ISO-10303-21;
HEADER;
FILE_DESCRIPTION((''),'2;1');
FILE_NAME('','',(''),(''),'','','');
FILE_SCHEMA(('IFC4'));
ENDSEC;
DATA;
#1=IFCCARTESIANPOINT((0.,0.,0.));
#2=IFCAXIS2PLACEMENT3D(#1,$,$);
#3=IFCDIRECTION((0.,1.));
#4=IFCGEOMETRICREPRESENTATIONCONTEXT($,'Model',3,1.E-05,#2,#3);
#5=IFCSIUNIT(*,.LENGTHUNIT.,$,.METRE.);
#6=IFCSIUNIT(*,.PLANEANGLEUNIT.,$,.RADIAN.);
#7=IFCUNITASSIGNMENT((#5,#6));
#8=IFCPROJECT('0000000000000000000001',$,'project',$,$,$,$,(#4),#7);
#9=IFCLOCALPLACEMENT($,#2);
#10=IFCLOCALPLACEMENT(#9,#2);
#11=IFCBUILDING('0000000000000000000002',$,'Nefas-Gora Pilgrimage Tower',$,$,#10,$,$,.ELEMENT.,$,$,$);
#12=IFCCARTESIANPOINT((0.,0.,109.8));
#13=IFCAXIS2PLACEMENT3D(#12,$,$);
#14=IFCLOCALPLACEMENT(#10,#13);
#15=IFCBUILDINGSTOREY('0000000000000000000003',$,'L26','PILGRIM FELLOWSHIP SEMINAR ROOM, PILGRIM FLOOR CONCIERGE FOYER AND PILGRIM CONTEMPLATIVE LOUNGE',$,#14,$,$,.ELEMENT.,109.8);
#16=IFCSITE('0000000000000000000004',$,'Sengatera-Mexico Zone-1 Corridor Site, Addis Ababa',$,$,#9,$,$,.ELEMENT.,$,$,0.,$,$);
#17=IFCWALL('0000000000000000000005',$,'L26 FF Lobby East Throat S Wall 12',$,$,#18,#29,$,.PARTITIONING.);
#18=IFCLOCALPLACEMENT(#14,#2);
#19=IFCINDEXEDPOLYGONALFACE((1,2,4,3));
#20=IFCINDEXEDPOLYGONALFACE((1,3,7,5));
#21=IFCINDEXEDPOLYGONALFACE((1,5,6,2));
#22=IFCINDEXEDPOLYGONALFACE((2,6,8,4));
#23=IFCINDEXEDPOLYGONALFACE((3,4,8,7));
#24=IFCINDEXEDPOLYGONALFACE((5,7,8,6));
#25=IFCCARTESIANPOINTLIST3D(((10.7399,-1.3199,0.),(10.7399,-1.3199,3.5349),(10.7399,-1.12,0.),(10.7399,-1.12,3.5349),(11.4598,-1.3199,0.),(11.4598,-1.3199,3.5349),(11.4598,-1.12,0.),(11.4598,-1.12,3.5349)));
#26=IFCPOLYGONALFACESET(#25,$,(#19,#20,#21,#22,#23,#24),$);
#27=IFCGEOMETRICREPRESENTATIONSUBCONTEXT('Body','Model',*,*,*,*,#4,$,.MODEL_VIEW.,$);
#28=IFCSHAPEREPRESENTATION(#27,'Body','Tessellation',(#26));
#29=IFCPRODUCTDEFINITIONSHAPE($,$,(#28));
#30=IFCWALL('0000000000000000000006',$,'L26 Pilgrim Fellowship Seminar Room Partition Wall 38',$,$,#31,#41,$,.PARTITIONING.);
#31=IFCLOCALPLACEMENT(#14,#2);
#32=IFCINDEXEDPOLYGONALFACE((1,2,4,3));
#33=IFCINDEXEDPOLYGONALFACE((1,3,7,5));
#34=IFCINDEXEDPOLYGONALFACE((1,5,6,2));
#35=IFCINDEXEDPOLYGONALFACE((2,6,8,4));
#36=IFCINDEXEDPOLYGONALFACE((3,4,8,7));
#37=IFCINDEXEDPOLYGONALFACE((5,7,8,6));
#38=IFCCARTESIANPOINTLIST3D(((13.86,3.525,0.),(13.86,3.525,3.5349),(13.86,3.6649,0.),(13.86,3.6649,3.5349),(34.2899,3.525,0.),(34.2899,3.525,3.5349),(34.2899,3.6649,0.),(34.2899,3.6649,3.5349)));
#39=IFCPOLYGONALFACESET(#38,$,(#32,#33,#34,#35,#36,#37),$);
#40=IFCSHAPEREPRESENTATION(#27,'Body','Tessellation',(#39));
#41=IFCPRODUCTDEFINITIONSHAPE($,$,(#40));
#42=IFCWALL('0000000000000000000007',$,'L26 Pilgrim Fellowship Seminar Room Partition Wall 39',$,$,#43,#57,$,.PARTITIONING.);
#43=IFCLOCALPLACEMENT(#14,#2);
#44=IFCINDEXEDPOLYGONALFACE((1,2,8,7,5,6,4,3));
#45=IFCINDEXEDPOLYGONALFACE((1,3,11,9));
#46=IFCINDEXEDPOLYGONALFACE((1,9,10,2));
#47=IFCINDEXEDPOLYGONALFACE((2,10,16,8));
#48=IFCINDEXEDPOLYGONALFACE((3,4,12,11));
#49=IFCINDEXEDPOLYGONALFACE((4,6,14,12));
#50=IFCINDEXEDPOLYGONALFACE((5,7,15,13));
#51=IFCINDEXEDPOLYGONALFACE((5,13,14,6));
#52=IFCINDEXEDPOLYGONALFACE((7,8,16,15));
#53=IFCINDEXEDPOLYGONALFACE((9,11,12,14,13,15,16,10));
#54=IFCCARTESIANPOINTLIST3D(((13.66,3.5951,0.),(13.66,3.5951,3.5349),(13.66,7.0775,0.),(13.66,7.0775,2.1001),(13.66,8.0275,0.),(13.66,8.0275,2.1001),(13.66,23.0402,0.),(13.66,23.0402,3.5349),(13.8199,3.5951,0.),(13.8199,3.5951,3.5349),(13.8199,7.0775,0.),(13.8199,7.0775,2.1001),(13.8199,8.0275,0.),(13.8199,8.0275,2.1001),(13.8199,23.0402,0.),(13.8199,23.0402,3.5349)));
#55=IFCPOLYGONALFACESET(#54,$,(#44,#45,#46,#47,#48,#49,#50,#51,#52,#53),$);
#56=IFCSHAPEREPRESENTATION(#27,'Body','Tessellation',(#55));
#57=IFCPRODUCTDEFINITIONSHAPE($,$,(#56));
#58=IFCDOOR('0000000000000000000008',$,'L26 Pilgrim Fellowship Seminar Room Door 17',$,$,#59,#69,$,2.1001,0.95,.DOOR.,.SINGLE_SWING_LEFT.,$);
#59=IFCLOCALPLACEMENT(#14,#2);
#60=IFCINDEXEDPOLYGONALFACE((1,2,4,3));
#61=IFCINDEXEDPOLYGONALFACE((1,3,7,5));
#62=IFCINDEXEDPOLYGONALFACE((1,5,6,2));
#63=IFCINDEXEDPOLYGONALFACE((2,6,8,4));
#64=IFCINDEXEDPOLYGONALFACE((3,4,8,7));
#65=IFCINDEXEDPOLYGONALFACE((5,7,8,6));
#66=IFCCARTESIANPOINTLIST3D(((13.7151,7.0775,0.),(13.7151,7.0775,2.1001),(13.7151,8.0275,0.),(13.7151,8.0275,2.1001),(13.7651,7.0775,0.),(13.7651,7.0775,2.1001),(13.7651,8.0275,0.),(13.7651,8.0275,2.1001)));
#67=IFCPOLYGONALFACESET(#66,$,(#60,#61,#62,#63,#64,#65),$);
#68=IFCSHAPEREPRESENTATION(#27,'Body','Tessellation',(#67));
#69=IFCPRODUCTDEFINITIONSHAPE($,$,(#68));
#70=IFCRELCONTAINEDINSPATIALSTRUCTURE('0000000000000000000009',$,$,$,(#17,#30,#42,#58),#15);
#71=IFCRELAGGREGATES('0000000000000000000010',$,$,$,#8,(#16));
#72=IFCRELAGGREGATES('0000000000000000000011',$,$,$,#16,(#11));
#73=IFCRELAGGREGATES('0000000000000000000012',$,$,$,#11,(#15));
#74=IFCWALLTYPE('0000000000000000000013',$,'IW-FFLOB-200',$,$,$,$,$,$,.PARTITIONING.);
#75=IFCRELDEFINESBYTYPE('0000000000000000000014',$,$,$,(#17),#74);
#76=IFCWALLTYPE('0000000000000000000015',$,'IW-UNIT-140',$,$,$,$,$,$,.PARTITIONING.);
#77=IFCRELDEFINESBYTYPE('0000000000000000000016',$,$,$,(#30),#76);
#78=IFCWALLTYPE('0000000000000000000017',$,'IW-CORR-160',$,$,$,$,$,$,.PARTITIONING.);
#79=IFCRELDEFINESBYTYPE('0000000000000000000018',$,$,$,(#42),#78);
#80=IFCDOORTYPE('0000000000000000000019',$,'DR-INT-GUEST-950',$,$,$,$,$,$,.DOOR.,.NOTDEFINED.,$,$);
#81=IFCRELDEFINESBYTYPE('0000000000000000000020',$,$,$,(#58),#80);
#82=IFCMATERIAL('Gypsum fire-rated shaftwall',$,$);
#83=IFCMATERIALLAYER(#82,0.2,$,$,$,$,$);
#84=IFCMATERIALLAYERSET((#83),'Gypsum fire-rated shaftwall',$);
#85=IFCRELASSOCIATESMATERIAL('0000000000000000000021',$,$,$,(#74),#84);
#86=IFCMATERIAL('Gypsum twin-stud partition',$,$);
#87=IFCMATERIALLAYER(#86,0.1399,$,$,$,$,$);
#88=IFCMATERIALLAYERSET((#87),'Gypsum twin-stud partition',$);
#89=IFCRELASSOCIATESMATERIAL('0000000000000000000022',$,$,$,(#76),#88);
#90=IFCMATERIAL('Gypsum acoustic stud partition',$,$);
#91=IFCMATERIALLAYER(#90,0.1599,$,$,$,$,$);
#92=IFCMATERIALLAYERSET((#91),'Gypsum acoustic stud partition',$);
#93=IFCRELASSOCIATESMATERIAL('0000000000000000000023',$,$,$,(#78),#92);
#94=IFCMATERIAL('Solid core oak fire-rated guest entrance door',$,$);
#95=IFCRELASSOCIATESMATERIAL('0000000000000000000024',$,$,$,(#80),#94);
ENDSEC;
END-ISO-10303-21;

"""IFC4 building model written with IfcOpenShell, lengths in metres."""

from ifc_helpers import new_model, si_unit, direction, frame, frame_2d, origin, place, context, subcontext, project, spatial, rectangle, extrude, source, transform, mapped, material, layer, layer_set, type_object, element, fill, save


model = new_model("IFC4")

# Units and contexts
model_context = context("Model", 3, precision=1e-05, world=origin(), true_north=direction((0.0, 1.0)))
body_context = subcontext(model_context, "Body", "Model", "MODEL_VIEW")
ifc_project = project(units=[si_unit("LENGTHUNIT", "METRE"), si_unit("PLANEANGLEUNIT", "RADIAN")], contexts=[model_context])

# Site, building, storey
site_placement = place(None, origin())
site = spatial("IfcSite", under=ifc_project, at=site_placement, Name="Sengatera-Mexico Zone-1 Corridor Site, Addis Ababa", CompositionType="ELEMENT", RefElevation=0.0)
building_placement = place(site_placement, origin())
building = spatial("IfcBuilding", under=site, at=building_placement, Name="Nefas-Gora Pilgrimage Tower", CompositionType="ELEMENT")
storey_placement = place(building_placement, frame((0.0, 0.0, 109.8)))
storey = spatial("IfcBuildingStorey", under=building, at=storey_placement, Name="L26", Description="PILGRIM FELLOWSHIP SEMINAR ROOM, PILGRIM FLOOR CONCIERGE FOYER AND PILGRIM CONTEMPLATIVE LOUNGE", CompositionType="ELEMENT", Elevation=109.8)

# Shared definitions
ifc_material_1 = material(Name="Gypsum fire-rated shaftwall")
ifc_layer_1 = layer(ifc_material_1, 0.2)
ifc_layer_set_1 = layer_set([ifc_layer_1], Name="Gypsum fire-rated shaftwall")
wall_type_1 = type_object("IfcWallType", Name="IW-FFLOB-200", PredefinedType="PARTITIONING", material=ifc_layer_set_1)

# Walls
shared_shape_1 = source(origin(), body_context, "Body", "SweptSolid", [
    extrude(rectangle(XDim=0.72, YDim=0.2, at=frame_2d((0.3599, 0.0))), origin(), (0.0, 0.0, 1.0), 3.5349),
])
wall_1_placement = place(storey_placement, frame((10.74, -1.22, 0.0), z_axis=(0.0, 0.0, 1.0), x_axis=(1.0, 0.0, 0.0)))
element("IfcWall", 1, at=wall_1_placement, inside=storey, type_object=wall_type_1, Name="L26 FF Lobby East Throat S Wall 12", PredefinedType="PARTITIONING", context=body_context, shape_type="MappedRepresentation", body=[
    mapped(shared_shape_1, transform((0.0, 0.0, 0.0), x_axis=(1.0, 0.0, 0.0), y_axis=(0.0, 1.0, 0.0), z_axis=(0.0, 0.0, 1.0), scale=1.0)),
])
ifc_material_2 = material(Name="Gypsum twin-stud partition")
ifc_layer_2 = layer(ifc_material_2, 0.1399)
ifc_layer_set_2 = layer_set([ifc_layer_2], Name="Gypsum twin-stud partition")
wall_type_2 = type_object("IfcWallType", Name="IW-UNIT-140", PredefinedType="PARTITIONING", material=ifc_layer_set_2)
shared_shape_2 = source(origin(), body_context, "Body", "SweptSolid", [
    extrude(rectangle(XDim=20.4299, YDim=0.1399, at=frame_2d((10.2148, 0.0))), origin(), (0.0, 0.0, 1.0), 3.5349),
])
wall_2_placement = place(storey_placement, frame((13.8601, 3.595, 0.0), z_axis=(0.0, 0.0, 1.0), x_axis=(1.0, 0.0, 0.0)))
element("IfcWall", 2, at=wall_2_placement, inside=storey, type_object=wall_type_2, Name="L26 Pilgrim Fellowship Seminar Room Partition Wall 38", PredefinedType="PARTITIONING", context=body_context, shape_type="MappedRepresentation", body=[
    mapped(shared_shape_2, transform((0.0, 0.0, 0.0), x_axis=(1.0, 0.0, 0.0), y_axis=(0.0, 1.0, 0.0), z_axis=(0.0, 0.0, 1.0), scale=1.0)),
])

# Wall, opening, door
ifc_material_3 = material(Name="Gypsum acoustic stud partition")
ifc_layer_3 = layer(ifc_material_3, 0.1599)
ifc_layer_set_3 = layer_set([ifc_layer_3], Name="Gypsum acoustic stud partition")
wall_type_3 = type_object("IfcWallType", Name="IW-CORR-160", PredefinedType="PARTITIONING", material=ifc_layer_set_3)
shared_shape_3 = source(origin(), body_context, "Body", "SweptSolid", [
    extrude(rectangle(XDim=19.4451, YDim=0.1599, at=frame_2d((9.7227, 0.0))), origin(), (0.0, 0.0, 1.0), 3.5349),
])
wall_3_placement = place(storey_placement, frame((13.74, 3.595, 0.0), z_axis=(0.0, 0.0, 1.0), x_axis=(0.0, 1.0, 0.0)))
wall_3 = element("IfcWall", 3, at=wall_3_placement, inside=storey, type_object=wall_type_3, Name="L26 Pilgrim Fellowship Seminar Room Partition Wall 39", PredefinedType="PARTITIONING", context=body_context, shape_type="MappedRepresentation", body=[
    mapped(shared_shape_3, transform((0.0, 0.0, 0.0), x_axis=(1.0, 0.0, 0.0), y_axis=(0.0, 1.0, 0.0), z_axis=(0.0, 0.0, 1.0), scale=1.0)),
])
opening_1_placement = place(wall_3_placement, frame((3.4824, 0.0, 0.0)))
opening_1 = element("IfcOpeningElement", 4, at=opening_1_placement, cuts=wall_3, PredefinedType="OPENING", context=body_context, shape_type="SweptSolid", body=[
    extrude(rectangle(XDim=0.95, YDim=2.1001, at=frame_2d((0.4751, 1.05))), frame((0.0, 0.0898, 0.0), z_axis=(0.0, -1.0, 0.0), x_axis=(1.0, 0.0, 0.0)), (0.0, 0.0, 1.0), 0.1799),
])
ifc_material_4 = material(Name="Solid core oak fire-rated guest entrance door")
door_type_1 = type_object("IfcDoorType", Name="DR-INT-GUEST-950", OperationType="NOTDEFINED", PredefinedType="DOOR", material=ifc_material_4)
shared_shape_4 = source(origin(), body_context, "Body", "SweptSolid", [
    extrude(rectangle(XDim=0.95, YDim=2.1001, at=frame_2d((0.4751, 1.05))), frame((0.0, 0.0249, 0.0), z_axis=(0.0, -1.0, 0.0), x_axis=(1.0, 0.0, 0.0)), (0.0, 0.0, 1.0), 0.05),
])
door_1_placement = place(opening_1_placement, origin())
door_1 = element("IfcDoor", 5, at=door_1_placement, inside=storey, type_object=door_type_1, Name="L26 Pilgrim Fellowship Seminar Room Door 17", OperationType="SINGLE_SWING_LEFT", OverallHeight=2.1001, OverallWidth=0.95, PredefinedType="DOOR", context=body_context, shape_type="MappedRepresentation", body=[
    mapped(shared_shape_4, transform((0.0, 0.0, 0.0), x_axis=(1.0, 0.0, 0.0), y_axis=(0.0, 1.0, 0.0), z_axis=(0.0, 0.0, 1.0), scale=1.0)),
])
fill(opening_1, door_1)

save(model, "model.ifc")
